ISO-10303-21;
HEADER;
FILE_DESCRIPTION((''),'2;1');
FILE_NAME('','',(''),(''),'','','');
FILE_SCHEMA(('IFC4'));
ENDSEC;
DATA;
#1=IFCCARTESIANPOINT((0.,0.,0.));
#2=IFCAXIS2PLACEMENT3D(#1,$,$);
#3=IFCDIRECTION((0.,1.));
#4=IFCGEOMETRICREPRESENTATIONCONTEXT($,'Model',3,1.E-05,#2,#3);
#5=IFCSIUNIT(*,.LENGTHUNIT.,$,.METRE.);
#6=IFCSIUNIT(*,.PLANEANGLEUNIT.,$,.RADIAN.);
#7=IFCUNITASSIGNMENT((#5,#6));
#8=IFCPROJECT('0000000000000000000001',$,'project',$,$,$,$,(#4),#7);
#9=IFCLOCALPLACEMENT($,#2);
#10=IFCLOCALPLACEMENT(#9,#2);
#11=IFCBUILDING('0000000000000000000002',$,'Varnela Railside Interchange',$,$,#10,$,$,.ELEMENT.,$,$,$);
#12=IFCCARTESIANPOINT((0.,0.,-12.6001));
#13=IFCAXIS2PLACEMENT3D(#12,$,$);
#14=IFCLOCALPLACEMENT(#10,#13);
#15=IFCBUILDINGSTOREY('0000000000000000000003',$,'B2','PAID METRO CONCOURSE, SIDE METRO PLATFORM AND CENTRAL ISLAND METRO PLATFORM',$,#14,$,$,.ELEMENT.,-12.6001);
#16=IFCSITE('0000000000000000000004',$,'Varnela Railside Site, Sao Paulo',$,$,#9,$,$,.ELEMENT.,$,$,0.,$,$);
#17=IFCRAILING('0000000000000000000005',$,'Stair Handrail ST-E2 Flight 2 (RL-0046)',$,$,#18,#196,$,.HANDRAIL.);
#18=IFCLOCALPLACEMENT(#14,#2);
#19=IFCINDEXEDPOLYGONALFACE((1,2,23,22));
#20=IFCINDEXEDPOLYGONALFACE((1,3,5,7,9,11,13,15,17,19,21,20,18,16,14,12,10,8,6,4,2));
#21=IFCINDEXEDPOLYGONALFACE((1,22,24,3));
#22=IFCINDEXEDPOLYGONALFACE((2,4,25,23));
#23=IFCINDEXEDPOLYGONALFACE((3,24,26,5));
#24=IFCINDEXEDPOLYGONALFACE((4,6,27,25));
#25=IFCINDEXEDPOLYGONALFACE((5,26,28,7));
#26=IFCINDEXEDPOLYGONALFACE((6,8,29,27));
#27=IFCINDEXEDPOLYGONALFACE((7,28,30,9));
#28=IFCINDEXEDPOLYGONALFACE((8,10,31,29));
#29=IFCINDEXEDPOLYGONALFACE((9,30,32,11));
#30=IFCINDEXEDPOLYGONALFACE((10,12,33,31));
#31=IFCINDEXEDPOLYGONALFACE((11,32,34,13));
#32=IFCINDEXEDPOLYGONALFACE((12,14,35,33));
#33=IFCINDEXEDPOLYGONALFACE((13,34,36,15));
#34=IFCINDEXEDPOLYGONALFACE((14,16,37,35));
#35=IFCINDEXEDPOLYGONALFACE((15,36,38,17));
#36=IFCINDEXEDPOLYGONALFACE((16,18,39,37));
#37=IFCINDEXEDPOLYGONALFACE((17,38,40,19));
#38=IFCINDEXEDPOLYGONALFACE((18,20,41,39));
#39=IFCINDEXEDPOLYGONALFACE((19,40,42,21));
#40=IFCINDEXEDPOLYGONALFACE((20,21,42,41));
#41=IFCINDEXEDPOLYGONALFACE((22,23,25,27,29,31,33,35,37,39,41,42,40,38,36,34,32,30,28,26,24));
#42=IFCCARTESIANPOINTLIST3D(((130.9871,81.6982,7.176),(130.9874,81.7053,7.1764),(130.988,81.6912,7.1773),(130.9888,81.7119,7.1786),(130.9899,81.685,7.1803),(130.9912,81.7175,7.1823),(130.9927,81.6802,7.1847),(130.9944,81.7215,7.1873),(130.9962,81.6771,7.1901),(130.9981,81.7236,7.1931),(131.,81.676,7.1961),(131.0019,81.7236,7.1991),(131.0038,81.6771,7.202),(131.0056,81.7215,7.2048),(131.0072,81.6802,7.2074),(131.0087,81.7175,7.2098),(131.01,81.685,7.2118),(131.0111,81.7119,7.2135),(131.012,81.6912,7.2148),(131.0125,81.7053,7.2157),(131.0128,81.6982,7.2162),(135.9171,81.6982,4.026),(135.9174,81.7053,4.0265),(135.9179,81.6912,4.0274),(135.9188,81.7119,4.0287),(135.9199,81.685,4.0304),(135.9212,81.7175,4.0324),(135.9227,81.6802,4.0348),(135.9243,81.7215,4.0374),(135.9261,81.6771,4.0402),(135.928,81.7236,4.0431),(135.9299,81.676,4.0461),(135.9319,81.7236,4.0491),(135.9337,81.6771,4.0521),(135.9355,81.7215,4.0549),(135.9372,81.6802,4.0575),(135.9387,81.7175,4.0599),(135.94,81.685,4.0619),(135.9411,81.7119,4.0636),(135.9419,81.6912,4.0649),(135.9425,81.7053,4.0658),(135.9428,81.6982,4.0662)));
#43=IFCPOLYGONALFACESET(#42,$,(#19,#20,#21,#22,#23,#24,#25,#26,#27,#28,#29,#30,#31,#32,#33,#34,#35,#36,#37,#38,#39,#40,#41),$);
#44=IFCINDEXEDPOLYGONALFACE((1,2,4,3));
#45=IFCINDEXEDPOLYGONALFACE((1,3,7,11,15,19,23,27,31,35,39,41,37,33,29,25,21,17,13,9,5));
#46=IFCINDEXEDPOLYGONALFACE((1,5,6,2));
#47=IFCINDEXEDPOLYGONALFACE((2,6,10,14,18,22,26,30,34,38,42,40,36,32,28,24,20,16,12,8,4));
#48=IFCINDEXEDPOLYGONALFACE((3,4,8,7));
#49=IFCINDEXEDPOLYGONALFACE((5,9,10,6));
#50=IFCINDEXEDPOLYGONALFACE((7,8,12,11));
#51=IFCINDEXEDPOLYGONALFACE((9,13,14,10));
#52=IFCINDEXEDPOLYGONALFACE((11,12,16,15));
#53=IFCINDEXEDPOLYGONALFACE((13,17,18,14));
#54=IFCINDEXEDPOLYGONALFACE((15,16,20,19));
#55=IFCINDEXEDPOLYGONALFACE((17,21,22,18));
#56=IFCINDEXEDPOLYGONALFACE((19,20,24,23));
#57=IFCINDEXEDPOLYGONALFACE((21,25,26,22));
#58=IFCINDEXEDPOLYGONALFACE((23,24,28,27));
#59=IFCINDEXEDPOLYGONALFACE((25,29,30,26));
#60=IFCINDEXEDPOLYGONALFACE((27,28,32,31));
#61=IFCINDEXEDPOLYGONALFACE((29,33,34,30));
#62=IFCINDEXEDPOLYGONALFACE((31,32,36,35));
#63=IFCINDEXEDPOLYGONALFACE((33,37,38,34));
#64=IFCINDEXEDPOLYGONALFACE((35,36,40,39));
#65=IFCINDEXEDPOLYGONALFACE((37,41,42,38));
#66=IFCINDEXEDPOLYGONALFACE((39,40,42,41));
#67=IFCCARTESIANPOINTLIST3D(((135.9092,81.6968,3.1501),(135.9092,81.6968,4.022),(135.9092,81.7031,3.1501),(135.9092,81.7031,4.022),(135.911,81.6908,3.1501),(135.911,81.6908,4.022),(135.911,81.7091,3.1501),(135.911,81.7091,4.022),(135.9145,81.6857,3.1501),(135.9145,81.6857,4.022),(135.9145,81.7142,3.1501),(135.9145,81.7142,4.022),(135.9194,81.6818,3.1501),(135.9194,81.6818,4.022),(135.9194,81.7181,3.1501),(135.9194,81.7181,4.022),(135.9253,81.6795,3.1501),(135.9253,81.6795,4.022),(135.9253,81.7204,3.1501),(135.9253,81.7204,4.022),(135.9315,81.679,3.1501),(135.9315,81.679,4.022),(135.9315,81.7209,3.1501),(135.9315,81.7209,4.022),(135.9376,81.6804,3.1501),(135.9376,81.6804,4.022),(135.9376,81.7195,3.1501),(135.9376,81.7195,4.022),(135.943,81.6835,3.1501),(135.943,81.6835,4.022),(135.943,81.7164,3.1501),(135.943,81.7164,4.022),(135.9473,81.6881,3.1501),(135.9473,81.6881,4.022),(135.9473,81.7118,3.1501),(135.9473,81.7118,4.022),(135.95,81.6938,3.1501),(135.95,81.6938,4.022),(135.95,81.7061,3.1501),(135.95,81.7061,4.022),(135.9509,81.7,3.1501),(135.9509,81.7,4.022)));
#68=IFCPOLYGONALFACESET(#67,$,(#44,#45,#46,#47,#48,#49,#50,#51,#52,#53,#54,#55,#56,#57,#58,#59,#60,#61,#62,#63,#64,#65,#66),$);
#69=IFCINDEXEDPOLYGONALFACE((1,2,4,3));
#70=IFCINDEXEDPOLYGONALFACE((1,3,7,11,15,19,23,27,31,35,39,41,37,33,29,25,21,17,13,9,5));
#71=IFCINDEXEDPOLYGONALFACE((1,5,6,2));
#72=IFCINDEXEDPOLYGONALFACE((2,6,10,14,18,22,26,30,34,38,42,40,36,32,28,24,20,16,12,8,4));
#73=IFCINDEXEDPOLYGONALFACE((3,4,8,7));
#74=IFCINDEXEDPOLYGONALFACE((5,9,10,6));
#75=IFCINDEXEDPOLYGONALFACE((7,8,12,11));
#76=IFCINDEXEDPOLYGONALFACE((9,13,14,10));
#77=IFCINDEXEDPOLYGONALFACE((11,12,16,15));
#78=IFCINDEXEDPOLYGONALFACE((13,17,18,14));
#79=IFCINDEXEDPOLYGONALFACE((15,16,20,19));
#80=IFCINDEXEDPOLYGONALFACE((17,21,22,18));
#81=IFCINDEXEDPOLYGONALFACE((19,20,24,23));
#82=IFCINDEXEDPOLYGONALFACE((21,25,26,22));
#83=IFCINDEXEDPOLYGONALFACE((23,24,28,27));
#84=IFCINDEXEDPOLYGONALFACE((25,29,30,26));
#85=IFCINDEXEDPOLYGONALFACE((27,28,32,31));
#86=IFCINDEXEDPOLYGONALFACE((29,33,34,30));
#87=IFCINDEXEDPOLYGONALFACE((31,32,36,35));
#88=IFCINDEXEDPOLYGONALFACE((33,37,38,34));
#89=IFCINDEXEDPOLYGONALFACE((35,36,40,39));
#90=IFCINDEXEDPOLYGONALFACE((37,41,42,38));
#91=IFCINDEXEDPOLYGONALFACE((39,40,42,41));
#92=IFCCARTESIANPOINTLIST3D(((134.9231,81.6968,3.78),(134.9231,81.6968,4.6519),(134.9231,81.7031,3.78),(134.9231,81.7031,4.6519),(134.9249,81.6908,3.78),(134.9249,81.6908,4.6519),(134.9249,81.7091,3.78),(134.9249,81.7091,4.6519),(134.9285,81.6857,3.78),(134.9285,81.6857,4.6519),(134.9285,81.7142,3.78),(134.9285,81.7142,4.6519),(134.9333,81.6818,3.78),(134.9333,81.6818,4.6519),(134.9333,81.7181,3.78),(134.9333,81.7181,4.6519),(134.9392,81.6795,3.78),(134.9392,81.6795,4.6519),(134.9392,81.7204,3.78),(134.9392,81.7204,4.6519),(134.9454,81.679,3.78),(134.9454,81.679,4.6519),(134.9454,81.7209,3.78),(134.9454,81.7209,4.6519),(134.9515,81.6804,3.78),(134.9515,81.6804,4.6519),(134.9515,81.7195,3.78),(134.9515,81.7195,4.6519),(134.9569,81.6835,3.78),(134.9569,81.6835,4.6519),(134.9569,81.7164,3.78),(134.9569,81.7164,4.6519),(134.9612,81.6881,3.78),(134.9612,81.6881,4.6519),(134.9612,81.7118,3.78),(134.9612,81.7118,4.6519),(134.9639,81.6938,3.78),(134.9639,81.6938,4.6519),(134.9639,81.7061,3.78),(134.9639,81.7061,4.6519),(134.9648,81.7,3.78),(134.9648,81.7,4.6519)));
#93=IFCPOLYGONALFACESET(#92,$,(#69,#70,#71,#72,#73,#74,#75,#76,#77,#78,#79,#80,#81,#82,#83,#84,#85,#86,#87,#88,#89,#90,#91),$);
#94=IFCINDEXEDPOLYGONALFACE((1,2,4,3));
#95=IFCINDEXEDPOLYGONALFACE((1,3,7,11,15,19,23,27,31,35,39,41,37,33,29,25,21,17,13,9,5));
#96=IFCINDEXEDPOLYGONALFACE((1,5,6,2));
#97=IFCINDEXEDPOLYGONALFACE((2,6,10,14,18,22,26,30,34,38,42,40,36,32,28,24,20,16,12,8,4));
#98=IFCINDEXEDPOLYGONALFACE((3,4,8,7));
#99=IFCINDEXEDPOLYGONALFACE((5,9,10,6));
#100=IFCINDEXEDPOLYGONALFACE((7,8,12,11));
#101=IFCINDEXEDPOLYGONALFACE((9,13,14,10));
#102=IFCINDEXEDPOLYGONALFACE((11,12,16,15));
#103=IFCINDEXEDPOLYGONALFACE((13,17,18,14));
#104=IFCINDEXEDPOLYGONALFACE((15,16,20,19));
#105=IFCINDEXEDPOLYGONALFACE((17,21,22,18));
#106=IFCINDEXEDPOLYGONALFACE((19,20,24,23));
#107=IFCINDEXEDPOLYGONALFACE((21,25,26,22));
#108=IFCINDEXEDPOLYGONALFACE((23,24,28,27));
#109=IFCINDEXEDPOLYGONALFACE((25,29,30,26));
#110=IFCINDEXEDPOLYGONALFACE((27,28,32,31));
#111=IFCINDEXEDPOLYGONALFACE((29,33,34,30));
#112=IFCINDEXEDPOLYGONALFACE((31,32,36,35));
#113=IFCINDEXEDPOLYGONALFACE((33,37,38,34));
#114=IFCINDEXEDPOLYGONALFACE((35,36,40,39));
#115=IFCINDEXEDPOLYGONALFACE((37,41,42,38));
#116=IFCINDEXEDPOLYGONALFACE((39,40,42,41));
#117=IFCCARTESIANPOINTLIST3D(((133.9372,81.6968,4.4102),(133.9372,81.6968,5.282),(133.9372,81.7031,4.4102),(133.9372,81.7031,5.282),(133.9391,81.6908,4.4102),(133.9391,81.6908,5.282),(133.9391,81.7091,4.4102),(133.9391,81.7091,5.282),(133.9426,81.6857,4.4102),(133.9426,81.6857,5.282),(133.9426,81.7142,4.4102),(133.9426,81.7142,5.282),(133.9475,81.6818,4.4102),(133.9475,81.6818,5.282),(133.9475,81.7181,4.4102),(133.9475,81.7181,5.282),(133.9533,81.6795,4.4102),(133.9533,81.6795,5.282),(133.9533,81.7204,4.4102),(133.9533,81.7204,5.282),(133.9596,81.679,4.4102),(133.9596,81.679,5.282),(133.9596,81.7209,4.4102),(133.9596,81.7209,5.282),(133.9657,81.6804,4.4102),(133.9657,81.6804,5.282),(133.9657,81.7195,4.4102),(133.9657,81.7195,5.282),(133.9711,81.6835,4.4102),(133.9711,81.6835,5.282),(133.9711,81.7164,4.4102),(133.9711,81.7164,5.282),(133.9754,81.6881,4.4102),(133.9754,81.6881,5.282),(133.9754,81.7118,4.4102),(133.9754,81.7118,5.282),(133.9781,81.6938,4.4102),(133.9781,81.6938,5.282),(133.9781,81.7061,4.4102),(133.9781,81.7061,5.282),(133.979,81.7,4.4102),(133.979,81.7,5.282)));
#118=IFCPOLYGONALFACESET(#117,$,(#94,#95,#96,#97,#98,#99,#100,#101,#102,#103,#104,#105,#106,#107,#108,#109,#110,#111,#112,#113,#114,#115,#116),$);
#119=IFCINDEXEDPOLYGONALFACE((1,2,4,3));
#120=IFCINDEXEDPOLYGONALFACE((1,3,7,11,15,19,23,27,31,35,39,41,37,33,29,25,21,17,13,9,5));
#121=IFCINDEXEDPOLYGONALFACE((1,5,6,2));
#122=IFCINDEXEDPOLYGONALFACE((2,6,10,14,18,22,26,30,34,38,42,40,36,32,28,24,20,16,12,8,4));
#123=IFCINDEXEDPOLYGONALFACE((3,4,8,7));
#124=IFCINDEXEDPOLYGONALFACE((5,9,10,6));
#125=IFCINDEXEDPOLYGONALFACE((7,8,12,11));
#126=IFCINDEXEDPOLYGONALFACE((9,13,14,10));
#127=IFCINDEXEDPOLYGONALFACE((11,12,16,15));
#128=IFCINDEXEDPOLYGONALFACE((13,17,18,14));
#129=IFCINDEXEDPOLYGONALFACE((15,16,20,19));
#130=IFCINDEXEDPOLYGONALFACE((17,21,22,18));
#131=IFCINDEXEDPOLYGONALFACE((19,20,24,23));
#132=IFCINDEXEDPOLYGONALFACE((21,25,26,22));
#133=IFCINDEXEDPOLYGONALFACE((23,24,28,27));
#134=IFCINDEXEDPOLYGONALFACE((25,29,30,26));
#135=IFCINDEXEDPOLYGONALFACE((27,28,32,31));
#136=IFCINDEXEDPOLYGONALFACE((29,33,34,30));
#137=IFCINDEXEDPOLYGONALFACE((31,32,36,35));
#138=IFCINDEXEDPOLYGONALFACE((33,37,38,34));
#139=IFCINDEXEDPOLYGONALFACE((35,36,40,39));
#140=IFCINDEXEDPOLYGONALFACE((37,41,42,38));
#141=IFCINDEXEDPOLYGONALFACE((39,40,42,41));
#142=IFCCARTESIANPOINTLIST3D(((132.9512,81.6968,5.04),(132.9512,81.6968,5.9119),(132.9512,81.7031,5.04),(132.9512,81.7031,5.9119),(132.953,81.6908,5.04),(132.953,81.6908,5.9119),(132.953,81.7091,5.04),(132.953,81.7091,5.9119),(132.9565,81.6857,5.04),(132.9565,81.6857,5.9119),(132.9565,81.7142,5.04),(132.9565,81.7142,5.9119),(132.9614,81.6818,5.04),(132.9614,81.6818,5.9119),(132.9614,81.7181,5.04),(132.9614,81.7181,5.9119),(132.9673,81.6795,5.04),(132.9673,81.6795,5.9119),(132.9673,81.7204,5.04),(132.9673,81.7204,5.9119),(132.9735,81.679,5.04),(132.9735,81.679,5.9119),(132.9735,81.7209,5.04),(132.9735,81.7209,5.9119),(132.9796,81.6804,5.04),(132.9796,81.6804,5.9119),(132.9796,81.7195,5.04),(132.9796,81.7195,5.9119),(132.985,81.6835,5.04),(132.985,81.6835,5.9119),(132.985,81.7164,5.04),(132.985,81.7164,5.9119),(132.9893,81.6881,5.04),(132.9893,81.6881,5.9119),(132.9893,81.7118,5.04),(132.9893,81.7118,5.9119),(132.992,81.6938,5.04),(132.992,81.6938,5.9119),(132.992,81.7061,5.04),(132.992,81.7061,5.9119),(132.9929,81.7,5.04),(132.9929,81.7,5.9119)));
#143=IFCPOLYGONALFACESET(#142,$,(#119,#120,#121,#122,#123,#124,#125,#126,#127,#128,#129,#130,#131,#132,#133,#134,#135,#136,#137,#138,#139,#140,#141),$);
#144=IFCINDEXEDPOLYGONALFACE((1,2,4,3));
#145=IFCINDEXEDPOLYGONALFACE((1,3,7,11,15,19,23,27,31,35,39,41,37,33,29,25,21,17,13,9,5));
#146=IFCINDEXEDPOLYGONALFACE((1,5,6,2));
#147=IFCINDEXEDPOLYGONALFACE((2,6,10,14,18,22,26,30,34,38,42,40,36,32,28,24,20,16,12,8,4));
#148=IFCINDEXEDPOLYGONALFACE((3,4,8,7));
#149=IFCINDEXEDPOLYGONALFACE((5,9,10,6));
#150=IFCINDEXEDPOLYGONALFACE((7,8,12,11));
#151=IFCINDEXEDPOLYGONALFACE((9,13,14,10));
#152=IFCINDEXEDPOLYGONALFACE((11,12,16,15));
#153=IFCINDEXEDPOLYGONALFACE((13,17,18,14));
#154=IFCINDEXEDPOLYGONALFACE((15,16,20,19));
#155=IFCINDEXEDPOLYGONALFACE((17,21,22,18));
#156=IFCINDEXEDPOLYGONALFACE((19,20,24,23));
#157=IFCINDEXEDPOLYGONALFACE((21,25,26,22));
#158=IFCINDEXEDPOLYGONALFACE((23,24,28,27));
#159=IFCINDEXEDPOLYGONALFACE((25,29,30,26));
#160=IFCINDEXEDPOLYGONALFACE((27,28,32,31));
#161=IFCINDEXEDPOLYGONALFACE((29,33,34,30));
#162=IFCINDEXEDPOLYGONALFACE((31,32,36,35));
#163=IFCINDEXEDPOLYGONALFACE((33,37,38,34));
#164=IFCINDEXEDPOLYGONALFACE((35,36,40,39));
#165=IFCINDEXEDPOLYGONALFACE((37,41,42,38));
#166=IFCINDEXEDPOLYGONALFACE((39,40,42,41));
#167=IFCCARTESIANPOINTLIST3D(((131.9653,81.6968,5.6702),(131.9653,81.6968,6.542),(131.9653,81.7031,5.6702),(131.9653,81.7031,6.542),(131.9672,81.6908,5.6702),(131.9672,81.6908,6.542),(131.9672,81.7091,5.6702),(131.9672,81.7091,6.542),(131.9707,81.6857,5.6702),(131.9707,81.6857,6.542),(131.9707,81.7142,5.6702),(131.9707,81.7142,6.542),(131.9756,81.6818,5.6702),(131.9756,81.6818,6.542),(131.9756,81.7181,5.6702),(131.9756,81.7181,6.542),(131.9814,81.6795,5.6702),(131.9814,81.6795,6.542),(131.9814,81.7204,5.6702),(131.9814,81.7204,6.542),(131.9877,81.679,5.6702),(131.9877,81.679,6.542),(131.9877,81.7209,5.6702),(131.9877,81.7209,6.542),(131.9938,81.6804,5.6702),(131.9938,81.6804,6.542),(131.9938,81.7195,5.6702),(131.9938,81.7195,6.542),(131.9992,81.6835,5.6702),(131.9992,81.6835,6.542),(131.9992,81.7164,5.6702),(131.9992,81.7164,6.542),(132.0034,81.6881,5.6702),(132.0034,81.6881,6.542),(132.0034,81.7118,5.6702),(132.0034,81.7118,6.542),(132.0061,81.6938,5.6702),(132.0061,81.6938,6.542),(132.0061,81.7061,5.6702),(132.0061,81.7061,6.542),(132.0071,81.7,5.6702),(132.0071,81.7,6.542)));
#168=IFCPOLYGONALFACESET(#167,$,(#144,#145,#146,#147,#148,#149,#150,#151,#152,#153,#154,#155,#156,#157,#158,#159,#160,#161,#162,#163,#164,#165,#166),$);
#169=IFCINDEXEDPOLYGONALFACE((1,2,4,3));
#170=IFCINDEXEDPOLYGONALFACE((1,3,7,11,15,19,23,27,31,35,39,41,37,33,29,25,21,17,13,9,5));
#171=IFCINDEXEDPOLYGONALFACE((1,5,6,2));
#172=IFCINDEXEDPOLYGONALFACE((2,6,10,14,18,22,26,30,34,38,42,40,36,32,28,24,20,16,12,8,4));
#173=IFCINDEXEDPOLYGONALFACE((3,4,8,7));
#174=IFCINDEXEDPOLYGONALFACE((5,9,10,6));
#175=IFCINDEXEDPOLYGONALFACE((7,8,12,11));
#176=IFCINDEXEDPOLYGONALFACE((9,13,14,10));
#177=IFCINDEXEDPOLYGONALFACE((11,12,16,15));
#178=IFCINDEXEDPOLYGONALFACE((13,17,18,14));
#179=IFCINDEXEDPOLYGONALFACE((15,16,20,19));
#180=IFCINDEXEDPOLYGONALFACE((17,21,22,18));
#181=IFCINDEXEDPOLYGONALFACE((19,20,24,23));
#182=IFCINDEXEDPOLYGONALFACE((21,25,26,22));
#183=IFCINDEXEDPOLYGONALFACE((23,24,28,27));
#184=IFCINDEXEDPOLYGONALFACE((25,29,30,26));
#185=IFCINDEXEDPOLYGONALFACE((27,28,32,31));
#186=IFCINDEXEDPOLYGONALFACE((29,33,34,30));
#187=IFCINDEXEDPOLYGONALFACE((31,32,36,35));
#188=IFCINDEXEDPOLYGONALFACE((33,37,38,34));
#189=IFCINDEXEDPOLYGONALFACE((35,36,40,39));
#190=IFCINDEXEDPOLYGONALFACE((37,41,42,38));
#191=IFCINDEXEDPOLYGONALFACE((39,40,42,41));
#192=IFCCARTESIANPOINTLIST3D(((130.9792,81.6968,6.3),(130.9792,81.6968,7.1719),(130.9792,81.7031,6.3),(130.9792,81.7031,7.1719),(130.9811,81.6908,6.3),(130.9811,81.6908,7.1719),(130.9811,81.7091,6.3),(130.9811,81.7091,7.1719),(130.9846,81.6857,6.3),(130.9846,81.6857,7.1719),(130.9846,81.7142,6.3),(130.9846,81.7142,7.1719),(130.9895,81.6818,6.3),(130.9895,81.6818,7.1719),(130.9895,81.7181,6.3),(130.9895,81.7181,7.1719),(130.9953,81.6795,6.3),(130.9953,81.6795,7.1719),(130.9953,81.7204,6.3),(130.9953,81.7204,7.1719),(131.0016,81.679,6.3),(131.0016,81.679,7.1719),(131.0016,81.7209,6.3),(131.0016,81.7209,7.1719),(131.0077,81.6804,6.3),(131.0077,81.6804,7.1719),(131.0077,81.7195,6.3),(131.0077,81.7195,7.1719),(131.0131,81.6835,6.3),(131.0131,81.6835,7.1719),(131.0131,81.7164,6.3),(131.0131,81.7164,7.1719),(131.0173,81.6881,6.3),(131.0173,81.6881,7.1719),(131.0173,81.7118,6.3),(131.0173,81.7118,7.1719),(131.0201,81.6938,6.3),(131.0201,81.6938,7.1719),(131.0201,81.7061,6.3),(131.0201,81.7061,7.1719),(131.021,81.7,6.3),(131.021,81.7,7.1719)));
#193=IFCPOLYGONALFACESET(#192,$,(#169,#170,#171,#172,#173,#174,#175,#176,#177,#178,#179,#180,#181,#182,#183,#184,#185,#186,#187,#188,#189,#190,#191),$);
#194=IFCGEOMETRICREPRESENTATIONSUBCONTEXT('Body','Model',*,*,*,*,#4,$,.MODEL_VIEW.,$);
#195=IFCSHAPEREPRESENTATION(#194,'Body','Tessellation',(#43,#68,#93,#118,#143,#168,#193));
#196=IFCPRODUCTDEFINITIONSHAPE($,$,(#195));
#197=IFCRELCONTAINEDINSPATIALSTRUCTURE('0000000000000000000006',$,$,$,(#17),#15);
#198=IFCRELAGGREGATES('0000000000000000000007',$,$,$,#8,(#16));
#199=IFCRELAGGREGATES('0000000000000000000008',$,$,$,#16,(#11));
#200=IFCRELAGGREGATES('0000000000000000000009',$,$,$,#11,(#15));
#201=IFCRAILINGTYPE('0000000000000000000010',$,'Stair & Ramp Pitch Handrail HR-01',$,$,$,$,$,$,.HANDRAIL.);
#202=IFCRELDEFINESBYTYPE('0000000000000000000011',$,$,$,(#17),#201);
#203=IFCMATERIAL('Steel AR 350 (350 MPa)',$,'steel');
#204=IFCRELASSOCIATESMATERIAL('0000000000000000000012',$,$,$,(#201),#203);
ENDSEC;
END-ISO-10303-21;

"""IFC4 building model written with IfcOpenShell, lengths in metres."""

from ifc_helpers import new_model, si_unit, direction, frame, origin, origin_2d, place, context, subcontext, project, spatial, circle, extrude, material, type_object, element, save


model = new_model("IFC4")

# Units and contexts
model_context = context("Model", 3, precision=1e-05, world=origin(), true_north=direction((0.0, 1.0)))
body_context = subcontext(model_context, "Body", "Model", "MODEL_VIEW")
ifc_project = project(units=[si_unit("LENGTHUNIT", "METRE"), si_unit("PLANEANGLEUNIT", "RADIAN")], contexts=[model_context])

# Site, building, storey
site_placement = place(None, origin())
site = spatial("IfcSite", under=ifc_project, at=site_placement, Name="Varnela Railside Site, Sao Paulo", CompositionType="ELEMENT", RefElevation=0.0)
building_placement = place(site_placement, origin())
building = spatial("IfcBuilding", under=site, at=building_placement, Name="Varnela Railside Interchange", CompositionType="ELEMENT")
storey_placement = place(building_placement, frame((0.0, 0.0, -12.6001)))
storey = spatial("IfcBuildingStorey", under=building, at=storey_placement, Name="B2", Description="PAID METRO CONCOURSE, SIDE METRO PLATFORM AND CENTRAL ISLAND METRO PLATFORM", CompositionType="ELEMENT", Elevation=-12.6001)

# Railing
ifc_material_1 = material(Name="Steel AR 350 (350 MPa)", Category="steel")
railing_type_1 = type_object("IfcRailingType", Name="Stair & Ramp Pitch Handrail HR-01", PredefinedType="HANDRAIL", material=ifc_material_1)
railing_1_placement = place(storey_placement, frame((135.9299, 81.7, 3.1501)))
element("IfcRailing", 1, at=railing_1_placement, inside=storey, type_object=railing_type_1, Name="Stair Handrail ST-E2 Flight 2 (RL-0046)", PredefinedType="HANDRAIL", context=body_context, shape_type="SweptSolid", body=[
    extrude(circle(Radius=0.0239, at=origin_2d()), frame((0.0, 0.0, 0.896), z_axis=(-0.842679, 0.0, 0.538416), x_axis=(0.0, -1.0, 0.0)), (0.0, 0.0, 1.0), 5.8503),
    extrude(circle(Radius=0.021, at=origin_2d()), origin(), (0.0, 0.0, 1.0), 0.8718),
    extrude(circle(Radius=0.021, at=origin_2d()), frame((-0.9861, 0.0, 0.6299)), (0.0, 0.0, 1.0), 0.8718),
    extrude(circle(Radius=0.021, at=origin_2d()), frame((-1.9719, 0.0, 1.26)), (0.0, 0.0, 1.0), 0.8718),
    extrude(circle(Radius=0.021, at=origin_2d()), frame((-2.958, 0.0, 1.8899)), (0.0, 0.0, 1.0), 0.8718),
    extrude(circle(Radius=0.021, at=origin_2d()), frame((-3.9438, 0.0, 2.52)), (0.0, 0.0, 1.0), 0.8718),
    extrude(circle(Radius=0.021, at=origin_2d()), frame((-4.9299, 0.0, 3.1499)), (0.0, 0.0, 1.0), 0.8718),
])

save(model, "model.ifc")
